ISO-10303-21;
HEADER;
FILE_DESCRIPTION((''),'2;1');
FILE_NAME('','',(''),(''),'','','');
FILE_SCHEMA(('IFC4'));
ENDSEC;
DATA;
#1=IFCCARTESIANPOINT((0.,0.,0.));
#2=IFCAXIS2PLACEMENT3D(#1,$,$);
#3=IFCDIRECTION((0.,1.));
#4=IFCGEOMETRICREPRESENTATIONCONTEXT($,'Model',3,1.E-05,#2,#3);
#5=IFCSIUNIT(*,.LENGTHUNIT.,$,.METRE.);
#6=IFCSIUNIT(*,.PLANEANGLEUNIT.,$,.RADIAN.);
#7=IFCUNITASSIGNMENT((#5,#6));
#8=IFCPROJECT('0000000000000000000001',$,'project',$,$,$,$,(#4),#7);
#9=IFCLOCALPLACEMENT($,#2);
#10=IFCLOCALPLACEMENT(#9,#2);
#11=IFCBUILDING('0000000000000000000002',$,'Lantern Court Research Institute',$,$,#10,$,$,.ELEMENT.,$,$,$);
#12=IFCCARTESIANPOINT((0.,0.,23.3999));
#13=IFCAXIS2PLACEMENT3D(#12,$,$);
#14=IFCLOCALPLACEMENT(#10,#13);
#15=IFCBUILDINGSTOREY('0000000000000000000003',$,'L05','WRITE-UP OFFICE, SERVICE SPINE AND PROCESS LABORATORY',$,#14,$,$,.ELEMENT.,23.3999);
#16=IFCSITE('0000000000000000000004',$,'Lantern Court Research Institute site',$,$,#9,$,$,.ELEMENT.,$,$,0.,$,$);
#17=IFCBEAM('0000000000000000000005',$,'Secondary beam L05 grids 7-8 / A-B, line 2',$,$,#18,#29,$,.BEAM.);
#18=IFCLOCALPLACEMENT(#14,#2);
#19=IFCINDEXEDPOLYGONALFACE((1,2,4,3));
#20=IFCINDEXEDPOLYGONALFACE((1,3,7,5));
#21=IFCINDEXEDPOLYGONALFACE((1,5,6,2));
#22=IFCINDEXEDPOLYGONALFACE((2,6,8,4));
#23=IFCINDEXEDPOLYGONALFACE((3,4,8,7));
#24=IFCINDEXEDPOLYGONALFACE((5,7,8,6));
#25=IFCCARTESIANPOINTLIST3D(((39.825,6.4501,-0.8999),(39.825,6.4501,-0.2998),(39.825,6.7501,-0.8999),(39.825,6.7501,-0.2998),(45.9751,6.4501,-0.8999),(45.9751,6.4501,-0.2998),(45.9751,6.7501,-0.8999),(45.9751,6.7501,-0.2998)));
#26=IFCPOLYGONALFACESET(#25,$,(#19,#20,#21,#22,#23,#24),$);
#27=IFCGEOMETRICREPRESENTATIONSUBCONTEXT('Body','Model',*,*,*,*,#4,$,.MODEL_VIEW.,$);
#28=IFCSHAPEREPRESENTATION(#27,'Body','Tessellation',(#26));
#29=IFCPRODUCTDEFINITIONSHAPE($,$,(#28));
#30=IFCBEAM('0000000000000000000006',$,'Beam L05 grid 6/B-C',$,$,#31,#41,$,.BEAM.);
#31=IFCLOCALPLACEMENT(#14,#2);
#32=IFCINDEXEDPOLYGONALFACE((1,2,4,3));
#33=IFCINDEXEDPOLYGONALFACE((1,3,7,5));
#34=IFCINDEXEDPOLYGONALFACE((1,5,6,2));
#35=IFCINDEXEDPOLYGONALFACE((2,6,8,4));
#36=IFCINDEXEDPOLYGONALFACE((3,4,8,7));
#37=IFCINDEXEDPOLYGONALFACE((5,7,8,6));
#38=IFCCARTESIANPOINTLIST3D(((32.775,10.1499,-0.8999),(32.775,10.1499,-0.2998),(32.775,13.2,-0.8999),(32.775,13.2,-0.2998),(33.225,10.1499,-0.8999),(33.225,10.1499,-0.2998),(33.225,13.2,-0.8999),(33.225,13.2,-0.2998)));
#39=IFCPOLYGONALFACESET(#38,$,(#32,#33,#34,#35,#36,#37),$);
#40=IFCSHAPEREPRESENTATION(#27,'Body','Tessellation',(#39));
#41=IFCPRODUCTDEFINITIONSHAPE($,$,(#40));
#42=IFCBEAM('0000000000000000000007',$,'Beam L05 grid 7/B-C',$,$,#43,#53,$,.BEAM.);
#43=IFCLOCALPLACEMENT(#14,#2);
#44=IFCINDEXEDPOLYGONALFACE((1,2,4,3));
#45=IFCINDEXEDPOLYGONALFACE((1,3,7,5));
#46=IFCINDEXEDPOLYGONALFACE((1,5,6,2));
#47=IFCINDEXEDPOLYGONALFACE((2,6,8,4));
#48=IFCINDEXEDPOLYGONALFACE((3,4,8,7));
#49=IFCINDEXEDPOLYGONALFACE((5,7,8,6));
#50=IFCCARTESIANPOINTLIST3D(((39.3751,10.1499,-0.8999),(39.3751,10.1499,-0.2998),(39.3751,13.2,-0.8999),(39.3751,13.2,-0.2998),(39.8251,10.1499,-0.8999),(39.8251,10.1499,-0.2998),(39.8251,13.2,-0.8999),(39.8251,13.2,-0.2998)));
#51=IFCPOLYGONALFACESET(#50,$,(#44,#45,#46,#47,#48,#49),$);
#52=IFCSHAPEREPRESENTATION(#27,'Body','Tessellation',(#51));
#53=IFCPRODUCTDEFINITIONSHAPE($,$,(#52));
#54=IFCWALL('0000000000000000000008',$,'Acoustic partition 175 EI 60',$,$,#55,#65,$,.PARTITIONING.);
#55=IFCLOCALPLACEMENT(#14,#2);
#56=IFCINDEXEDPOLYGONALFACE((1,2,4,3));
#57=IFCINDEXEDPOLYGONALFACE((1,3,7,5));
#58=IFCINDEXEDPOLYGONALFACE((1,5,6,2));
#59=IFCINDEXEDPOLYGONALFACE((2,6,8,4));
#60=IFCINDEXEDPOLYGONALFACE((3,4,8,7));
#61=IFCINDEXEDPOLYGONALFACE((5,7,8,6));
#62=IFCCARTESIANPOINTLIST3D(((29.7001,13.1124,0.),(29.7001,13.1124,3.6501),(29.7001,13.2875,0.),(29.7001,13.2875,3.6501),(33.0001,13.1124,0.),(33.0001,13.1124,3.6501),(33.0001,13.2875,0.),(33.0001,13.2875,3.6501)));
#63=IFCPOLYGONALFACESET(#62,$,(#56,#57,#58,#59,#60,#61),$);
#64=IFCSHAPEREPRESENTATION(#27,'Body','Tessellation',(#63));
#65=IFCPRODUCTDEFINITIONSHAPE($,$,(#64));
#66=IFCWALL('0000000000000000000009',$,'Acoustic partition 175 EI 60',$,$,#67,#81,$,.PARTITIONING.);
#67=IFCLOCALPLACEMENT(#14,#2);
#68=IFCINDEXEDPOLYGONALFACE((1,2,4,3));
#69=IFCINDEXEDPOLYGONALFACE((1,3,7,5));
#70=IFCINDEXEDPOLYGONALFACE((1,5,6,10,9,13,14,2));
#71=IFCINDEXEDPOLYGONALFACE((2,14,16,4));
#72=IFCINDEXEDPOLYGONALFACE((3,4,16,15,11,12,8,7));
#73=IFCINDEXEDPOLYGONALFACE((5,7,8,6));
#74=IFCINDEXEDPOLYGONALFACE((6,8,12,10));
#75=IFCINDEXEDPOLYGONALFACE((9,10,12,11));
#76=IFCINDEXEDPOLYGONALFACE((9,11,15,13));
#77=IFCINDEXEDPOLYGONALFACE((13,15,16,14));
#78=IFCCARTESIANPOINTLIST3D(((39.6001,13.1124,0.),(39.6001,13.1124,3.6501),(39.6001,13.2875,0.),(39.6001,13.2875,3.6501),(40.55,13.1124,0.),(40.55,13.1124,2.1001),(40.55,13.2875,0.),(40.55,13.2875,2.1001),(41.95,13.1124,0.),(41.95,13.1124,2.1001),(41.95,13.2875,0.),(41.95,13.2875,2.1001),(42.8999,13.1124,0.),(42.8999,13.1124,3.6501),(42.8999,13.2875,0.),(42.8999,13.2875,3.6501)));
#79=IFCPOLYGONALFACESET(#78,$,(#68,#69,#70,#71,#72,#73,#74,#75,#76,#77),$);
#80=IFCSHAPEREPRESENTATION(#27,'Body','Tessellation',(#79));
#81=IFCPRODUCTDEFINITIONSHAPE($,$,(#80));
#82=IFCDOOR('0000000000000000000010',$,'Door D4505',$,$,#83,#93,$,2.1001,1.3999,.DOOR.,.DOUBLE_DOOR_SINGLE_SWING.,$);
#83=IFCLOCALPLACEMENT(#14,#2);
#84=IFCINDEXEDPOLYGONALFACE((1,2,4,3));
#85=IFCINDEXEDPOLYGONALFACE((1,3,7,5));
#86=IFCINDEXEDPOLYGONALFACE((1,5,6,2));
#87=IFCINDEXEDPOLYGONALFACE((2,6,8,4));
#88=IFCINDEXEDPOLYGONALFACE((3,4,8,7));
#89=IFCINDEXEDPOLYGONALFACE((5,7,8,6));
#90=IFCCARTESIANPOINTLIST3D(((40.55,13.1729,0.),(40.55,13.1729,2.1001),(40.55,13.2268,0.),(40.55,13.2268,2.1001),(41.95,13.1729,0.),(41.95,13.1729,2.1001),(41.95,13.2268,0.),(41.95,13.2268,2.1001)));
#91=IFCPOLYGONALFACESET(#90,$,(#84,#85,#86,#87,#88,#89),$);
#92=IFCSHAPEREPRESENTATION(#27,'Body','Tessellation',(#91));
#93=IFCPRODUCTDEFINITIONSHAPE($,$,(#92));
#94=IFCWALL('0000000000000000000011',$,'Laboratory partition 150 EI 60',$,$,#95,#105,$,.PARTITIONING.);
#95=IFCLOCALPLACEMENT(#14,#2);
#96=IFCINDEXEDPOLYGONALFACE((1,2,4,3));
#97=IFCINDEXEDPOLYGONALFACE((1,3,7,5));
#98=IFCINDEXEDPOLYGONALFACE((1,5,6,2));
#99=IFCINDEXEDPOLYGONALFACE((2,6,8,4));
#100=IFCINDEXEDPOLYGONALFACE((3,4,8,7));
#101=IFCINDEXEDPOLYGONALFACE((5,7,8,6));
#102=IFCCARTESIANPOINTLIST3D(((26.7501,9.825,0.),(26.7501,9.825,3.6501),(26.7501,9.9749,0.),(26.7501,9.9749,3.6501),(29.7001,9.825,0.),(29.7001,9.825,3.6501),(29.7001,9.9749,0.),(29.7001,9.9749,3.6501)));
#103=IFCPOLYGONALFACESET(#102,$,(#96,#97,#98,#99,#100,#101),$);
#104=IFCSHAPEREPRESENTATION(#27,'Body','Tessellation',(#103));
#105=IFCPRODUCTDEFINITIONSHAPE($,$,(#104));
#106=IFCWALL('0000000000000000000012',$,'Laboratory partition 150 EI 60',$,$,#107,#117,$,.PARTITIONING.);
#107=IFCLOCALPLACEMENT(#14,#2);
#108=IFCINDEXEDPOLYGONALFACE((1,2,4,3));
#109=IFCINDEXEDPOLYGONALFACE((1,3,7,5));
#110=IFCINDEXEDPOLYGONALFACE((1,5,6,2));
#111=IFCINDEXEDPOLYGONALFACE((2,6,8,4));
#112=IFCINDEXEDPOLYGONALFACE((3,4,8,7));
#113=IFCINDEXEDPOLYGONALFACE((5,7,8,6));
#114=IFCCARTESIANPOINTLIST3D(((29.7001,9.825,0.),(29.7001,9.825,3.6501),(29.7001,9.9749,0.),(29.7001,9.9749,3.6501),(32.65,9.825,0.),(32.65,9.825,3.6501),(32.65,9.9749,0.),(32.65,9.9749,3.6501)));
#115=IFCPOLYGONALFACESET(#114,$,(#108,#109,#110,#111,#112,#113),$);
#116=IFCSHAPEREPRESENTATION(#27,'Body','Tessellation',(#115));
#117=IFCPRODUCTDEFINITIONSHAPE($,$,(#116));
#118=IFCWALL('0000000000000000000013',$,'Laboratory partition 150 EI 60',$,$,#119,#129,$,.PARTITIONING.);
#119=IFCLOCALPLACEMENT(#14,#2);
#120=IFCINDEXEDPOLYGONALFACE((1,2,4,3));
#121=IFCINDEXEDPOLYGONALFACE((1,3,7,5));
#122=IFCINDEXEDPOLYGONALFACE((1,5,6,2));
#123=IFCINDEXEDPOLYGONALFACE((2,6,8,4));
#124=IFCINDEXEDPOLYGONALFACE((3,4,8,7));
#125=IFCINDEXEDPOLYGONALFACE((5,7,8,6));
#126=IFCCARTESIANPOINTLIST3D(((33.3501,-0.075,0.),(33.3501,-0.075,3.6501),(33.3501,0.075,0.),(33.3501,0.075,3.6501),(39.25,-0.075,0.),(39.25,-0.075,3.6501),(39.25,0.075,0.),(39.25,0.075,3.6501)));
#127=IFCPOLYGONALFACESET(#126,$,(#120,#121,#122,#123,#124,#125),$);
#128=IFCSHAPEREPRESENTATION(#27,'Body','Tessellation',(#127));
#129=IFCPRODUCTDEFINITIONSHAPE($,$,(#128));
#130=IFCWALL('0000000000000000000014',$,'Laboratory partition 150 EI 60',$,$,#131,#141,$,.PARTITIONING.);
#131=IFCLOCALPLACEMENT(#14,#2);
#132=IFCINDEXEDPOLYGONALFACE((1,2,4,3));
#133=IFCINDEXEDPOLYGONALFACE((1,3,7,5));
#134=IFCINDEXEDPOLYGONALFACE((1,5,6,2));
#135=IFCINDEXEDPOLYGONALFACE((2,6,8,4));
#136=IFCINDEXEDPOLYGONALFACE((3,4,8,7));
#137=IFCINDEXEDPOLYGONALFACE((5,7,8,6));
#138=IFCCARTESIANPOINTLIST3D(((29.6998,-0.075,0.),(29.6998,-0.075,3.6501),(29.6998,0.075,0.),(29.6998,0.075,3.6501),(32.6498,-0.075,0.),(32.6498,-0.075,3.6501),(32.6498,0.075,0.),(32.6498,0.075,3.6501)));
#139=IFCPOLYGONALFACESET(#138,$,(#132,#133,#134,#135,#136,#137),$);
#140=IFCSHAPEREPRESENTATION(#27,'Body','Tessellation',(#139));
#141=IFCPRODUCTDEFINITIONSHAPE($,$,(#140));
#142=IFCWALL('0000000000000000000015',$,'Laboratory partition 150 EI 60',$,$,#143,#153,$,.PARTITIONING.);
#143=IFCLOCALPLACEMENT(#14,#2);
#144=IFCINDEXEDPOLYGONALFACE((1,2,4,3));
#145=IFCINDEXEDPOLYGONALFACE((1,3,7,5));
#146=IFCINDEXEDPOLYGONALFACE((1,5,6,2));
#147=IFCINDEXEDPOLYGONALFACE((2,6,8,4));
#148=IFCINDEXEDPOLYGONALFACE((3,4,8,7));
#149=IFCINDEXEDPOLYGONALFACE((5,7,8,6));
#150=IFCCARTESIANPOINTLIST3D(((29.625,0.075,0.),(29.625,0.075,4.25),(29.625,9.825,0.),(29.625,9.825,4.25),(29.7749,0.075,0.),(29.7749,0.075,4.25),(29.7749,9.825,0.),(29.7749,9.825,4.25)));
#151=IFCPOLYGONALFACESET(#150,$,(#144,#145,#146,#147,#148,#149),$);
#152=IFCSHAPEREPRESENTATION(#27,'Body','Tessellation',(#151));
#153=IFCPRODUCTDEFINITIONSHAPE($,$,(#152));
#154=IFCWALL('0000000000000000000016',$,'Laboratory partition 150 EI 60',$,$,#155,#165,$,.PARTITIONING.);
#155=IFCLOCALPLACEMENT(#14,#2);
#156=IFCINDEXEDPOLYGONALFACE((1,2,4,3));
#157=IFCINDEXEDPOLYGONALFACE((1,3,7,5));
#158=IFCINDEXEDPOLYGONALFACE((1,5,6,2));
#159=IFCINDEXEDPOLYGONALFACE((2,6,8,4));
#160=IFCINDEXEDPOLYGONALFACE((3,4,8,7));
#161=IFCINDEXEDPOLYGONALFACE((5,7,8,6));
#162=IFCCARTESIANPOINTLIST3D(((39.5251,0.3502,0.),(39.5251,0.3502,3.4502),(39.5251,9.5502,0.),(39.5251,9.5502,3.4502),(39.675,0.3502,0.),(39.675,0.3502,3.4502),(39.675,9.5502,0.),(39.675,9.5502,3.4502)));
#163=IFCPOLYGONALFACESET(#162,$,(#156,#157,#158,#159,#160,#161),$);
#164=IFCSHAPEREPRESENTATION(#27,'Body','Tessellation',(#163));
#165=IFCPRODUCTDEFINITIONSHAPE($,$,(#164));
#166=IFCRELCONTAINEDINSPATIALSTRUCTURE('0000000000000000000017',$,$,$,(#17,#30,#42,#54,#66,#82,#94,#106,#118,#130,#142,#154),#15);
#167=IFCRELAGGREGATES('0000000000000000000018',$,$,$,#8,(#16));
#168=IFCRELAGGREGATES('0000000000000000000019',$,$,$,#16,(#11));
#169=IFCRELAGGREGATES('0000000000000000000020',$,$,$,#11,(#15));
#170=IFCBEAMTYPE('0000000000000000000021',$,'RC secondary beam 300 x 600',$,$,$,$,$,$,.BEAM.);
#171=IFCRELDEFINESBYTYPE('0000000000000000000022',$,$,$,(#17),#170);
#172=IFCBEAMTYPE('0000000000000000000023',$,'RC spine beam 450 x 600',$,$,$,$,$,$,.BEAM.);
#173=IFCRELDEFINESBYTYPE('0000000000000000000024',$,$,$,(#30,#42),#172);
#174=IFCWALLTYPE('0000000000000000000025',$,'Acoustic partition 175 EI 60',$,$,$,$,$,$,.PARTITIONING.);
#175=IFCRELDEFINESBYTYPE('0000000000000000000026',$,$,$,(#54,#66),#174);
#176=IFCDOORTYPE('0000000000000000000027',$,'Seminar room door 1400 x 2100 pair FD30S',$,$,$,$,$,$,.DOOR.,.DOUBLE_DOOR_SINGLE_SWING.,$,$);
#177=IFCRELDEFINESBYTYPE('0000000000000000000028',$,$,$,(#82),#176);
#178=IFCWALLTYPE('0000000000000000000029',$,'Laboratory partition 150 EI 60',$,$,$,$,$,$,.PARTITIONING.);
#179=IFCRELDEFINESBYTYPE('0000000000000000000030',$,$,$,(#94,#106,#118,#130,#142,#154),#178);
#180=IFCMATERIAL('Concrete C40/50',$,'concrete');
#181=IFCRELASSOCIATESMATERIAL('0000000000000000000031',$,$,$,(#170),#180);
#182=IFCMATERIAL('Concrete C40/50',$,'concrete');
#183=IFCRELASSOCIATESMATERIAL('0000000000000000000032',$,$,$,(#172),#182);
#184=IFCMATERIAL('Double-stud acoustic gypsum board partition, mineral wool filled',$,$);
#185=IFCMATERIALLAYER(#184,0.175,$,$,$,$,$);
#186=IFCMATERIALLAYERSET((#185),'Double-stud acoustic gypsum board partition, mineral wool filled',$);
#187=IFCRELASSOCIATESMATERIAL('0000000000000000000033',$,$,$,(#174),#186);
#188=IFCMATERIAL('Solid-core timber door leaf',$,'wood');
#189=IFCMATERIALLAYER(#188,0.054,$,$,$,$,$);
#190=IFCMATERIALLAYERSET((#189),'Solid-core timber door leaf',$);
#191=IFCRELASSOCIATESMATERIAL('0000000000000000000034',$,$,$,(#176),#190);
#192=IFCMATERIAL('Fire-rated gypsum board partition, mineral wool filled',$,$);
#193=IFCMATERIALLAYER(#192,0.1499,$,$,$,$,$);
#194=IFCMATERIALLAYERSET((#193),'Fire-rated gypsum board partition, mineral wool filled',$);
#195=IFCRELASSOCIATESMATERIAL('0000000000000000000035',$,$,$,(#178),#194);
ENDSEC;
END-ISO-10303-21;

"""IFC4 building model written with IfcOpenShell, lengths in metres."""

from ifc_helpers import new_model, si_unit, direction, frame, frame_2d, origin, origin_2d, place, context, subcontext, project, spatial, rectangle, extrude, material, layer, layer_set, material_profile, profile_set, type_object, element, fill, save


model = new_model("IFC4")

# Units and contexts
model_context = context("Model", 3, precision=1e-05, world=origin(), true_north=direction((0.0, 1.0)))
body_context = subcontext(model_context, "Body", "Model", "MODEL_VIEW")
ifc_project = project(units=[si_unit("LENGTHUNIT", "METRE"), si_unit("PLANEANGLEUNIT", "RADIAN")], contexts=[model_context])

# Site, building, storey
site_placement = place(None, origin())
site = spatial("IfcSite", under=ifc_project, at=site_placement, Name="Lantern Court Research Institute site", CompositionType="ELEMENT", RefElevation=0.0)
building_placement = place(site_placement, origin())
building = spatial("IfcBuilding", under=site, at=building_placement, Name="Lantern Court Research Institute", CompositionType="ELEMENT")
storey_placement = place(building_placement, frame((0.0, 0.0, 23.3999)))
storey = spatial("IfcBuildingStorey", under=building, at=storey_placement, Name="L05", Description="WRITE-UP OFFICE, SERVICE SPINE AND PROCESS LABORATORY", CompositionType="ELEMENT", Elevation=23.3999)

# Beams
ifc_material_1 = material(Name="Concrete C40/50", Category="concrete")
ifc_material_profile_1 = material_profile(ifc_material_1, rectangle(XDim=0.3, YDim=0.6001, at=origin_2d()), Name="RC beam 300 x 600")
ifc_profile_set_1 = profile_set([ifc_material_profile_1], Name="Concrete C40/50")
beam_type_1 = type_object("IfcBeamType", Name="RC secondary beam 300 x 600", PredefinedType="BEAM", material=ifc_profile_set_1)
beam_1_placement = place(storey_placement, frame((39.825, 6.6001, -0.5999), z_axis=(1.0, 0.0, 0.0), x_axis=(0.0, 1.0, 0.0)))
element("IfcBeam", 1, at=beam_1_placement, inside=storey, type_object=beam_type_1, Name="Secondary beam L05 grids 7-8 / A-B, line 2", PredefinedType="BEAM", context=body_context, shape_type="SweptSolid", body=[
    extrude(rectangle(XDim=0.3, YDim=0.6001, at=origin_2d()), origin(), (0.0, 0.0, 1.0), 6.1501),
])
ifc_material_2 = material(Name="Concrete C40/50", Category="concrete")
ifc_material_profile_2 = material_profile(ifc_material_2, rectangle(XDim=0.45, YDim=0.6001, at=origin_2d()), Name="RC beam 450 x 600")
ifc_profile_set_2 = profile_set([ifc_material_profile_2], Name="Concrete C40/50")
beam_type_2 = type_object("IfcBeamType", Name="RC spine beam 450 x 600", PredefinedType="BEAM", material=ifc_profile_set_2)
for number, where, z_axis, x_axis, name in (
    (2, (33.0, 10.1499, -0.5999), (0.0, 1.0, 0.0), (-1.0, 0.0, 0.0), "Beam L05 grid 6/B-C"),
    (3, (39.6001, 10.1499, -0.5999), (0.0, 1.0, 0.0), (-1.0, 0.0, 0.0), "Beam L05 grid 7/B-C"),
):
    element("IfcBeam", number, at=place(storey_placement, frame(where, z_axis=z_axis, x_axis=x_axis)), inside=storey, type_object=beam_type_2, Name=name, PredefinedType="BEAM", context=body_context, shape_type="SweptSolid", body=[
        extrude(rectangle(XDim=0.45, YDim=0.6001, at=origin_2d()), origin(), (0.0, 0.0, 1.0), 3.05),
    ])

# Wall
ifc_material_3 = material(Name="Double-stud acoustic gypsum board partition, mineral wool filled")
ifc_layer_1 = layer(ifc_material_3, 0.175)
ifc_layer_set_1 = layer_set([ifc_layer_1], Name="Double-stud acoustic gypsum board partition, mineral wool filled")
wall_type_1 = type_object("IfcWallType", Name="Acoustic partition 175 EI 60", PredefinedType="PARTITIONING", material=ifc_layer_set_1)
wall_1_placement = place(storey_placement, frame((33.0, 13.2, 0.0), z_axis=(0.0, 0.0, 1.0), x_axis=(-1.0, 0.0, 0.0)))
element("IfcWall", 4, at=wall_1_placement, inside=storey, type_object=wall_type_1, Name="Acoustic partition 175 EI 60", PredefinedType="PARTITIONING", context=body_context, shape_type="SweptSolid", body=[
    extrude(rectangle(XDim=3.3, YDim=0.175, at=frame_2d((1.6499, 0.0))), origin(), (0.0, 0.0, 1.0), 3.6501),
])

# Wall, opening, door
wall_2_placement = place(storey_placement, frame((39.6001, 13.2, 0.0), z_axis=(0.0, 0.0, 1.0), x_axis=(1.0, 0.0, 0.0)))
wall_2 = element("IfcWall", 5, at=wall_2_placement, inside=storey, type_object=wall_type_1, Name="Acoustic partition 175 EI 60", PredefinedType="PARTITIONING", context=body_context, shape_type="SweptSolid", body=[
    extrude(rectangle(XDim=3.2998, YDim=0.175, at=frame_2d((1.6499, 0.0))), origin(), (0.0, 0.0, 1.0), 3.6501),
])
opening_1_placement = place(wall_2_placement, frame((0.95, 0.0, 0.0)))
opening_1 = element("IfcOpeningElement", 6, at=opening_1_placement, cuts=wall_2, PredefinedType="OPENING", context=body_context, shape_type="SweptSolid", body=[
    extrude(rectangle(XDim=1.3999, YDim=2.1001, at=frame_2d((0.7, 1.05))), frame((0.0, 0.0974, 0.0), z_axis=(0.0, -1.0, 0.0), x_axis=(1.0, 0.0, 0.0)), (0.0, 0.0, 1.0), 0.1951),
])
ifc_material_4 = material(Name="Solid-core timber door leaf", Category="wood")
ifc_layer_2 = layer(ifc_material_4, 0.054)
ifc_layer_set_2 = layer_set([ifc_layer_2], Name="Solid-core timber door leaf")
door_type_1 = type_object("IfcDoorType", Name="Seminar room door 1400 x 2100 pair FD30S", OperationType="DOUBLE_DOOR_SINGLE_SWING", PredefinedType="DOOR", material=ifc_layer_set_2)
door_1_placement = place(opening_1_placement, origin())
door_1 = element("IfcDoor", 7, at=door_1_placement, inside=storey, type_object=door_type_1, Name="Door D4505", OperationType="DOUBLE_DOOR_SINGLE_SWING", OverallHeight=2.1001, OverallWidth=1.3999, PredefinedType="DOOR", context=body_context, shape_type="SweptSolid", body=[
    extrude(rectangle(XDim=1.3999, YDim=2.1001, at=frame_2d((0.7, 1.05))), frame((0.0, 0.0269, 0.0), z_axis=(0.0, -1.0, 0.0), x_axis=(1.0, 0.0, 0.0)), (0.0, 0.0, 1.0), 0.054),
])
fill(opening_1, door_1)

# Walls
ifc_material_5 = material(Name="Fire-rated gypsum board partition, mineral wool filled")
ifc_layer_3 = layer(ifc_material_5, 0.1499)
ifc_layer_set_3 = layer_set([ifc_layer_3], Name="Fire-rated gypsum board partition, mineral wool filled")
wall_type_2 = type_object("IfcWallType", Name="Laboratory partition 150 EI 60", PredefinedType="PARTITIONING", material=ifc_layer_set_3)
for number, where, z_axis, x_axis, name in (
    (8, (26.75, 9.8999, 0.0), (0.0, 0.0, 1.0), (1.0, 0.0, 0.0), "Laboratory partition 150 EI 60"),
    (9, (29.7, 9.8999, 0.0), (0.0, 0.0, 1.0), (1.0, 0.0, 0.0), "Laboratory partition 150 EI 60"),
):
    element("IfcWall", number, at=place(storey_placement, frame(where, z_axis=z_axis, x_axis=x_axis)), inside=storey, type_object=wall_type_2, Name=name, PredefinedType="PARTITIONING", context=body_context, shape_type="SweptSolid", body=[
        extrude(rectangle(XDim=2.95, YDim=0.1499, at=frame_2d((1.4751, 0.0))), origin(), (0.0, 0.0, 1.0), 3.6501),
    ])

# Walls
wall_3_placement = place(storey_placement, frame((39.25, 0.0, 0.0), z_axis=(0.0, 0.0, 1.0), x_axis=(-1.0, 0.0, 0.0)))
element("IfcWall", 10, at=wall_3_placement, inside=storey, type_object=wall_type_2, Name="Laboratory partition 150 EI 60", PredefinedType="PARTITIONING", context=body_context, shape_type="SweptSolid", body=[
    extrude(rectangle(XDim=5.8999, YDim=0.1499, at=frame_2d((2.95, 0.0))), origin(), (0.0, 0.0, 1.0), 3.6501),
])
wall_4_placement = place(storey_placement, frame((32.6499, 0.0, 0.0), z_axis=(0.0, 0.0, 1.0), x_axis=(-1.0, 0.0, 0.0)))
element("IfcWall", 11, at=wall_4_placement, inside=storey, type_object=wall_type_2, Name="Laboratory partition 150 EI 60", PredefinedType="PARTITIONING", context=body_context, shape_type="SweptSolid", body=[
    extrude(rectangle(XDim=2.95, YDim=0.1499, at=frame_2d((1.4751, 0.0))), origin(), (0.0, 0.0, 1.0), 3.6501),
])
wall_5_placement = place(storey_placement, frame((29.7, 0.075, 0.0), z_axis=(0.0, 0.0, 1.0), x_axis=(0.0, 1.0, 0.0)))
element("IfcWall", 12, at=wall_5_placement, inside=storey, type_object=wall_type_2, Name="Laboratory partition 150 EI 60", PredefinedType="PARTITIONING", context=body_context, shape_type="SweptSolid", body=[
    extrude(rectangle(XDim=9.75, YDim=0.1499, at=frame_2d((4.875, 0.0))), origin(), (0.0, 0.0, 1.0), 4.25),
])
wall_6_placement = place(storey_placement, frame((39.6001, 0.3501, 0.0), z_axis=(0.0, 0.0, 1.0), x_axis=(0.0, 1.0, 0.0)))
element("IfcWall", 13, at=wall_6_placement, inside=storey, type_object=wall_type_2, Name="Laboratory partition 150 EI 60", PredefinedType="PARTITIONING", context=body_context, shape_type="SweptSolid", body=[
    extrude(rectangle(XDim=9.2, YDim=0.1499, at=frame_2d((4.6001, 0.0))), origin(), (0.0, 0.0, 1.0), 3.4502),
])

save(model, "model.ifc")
